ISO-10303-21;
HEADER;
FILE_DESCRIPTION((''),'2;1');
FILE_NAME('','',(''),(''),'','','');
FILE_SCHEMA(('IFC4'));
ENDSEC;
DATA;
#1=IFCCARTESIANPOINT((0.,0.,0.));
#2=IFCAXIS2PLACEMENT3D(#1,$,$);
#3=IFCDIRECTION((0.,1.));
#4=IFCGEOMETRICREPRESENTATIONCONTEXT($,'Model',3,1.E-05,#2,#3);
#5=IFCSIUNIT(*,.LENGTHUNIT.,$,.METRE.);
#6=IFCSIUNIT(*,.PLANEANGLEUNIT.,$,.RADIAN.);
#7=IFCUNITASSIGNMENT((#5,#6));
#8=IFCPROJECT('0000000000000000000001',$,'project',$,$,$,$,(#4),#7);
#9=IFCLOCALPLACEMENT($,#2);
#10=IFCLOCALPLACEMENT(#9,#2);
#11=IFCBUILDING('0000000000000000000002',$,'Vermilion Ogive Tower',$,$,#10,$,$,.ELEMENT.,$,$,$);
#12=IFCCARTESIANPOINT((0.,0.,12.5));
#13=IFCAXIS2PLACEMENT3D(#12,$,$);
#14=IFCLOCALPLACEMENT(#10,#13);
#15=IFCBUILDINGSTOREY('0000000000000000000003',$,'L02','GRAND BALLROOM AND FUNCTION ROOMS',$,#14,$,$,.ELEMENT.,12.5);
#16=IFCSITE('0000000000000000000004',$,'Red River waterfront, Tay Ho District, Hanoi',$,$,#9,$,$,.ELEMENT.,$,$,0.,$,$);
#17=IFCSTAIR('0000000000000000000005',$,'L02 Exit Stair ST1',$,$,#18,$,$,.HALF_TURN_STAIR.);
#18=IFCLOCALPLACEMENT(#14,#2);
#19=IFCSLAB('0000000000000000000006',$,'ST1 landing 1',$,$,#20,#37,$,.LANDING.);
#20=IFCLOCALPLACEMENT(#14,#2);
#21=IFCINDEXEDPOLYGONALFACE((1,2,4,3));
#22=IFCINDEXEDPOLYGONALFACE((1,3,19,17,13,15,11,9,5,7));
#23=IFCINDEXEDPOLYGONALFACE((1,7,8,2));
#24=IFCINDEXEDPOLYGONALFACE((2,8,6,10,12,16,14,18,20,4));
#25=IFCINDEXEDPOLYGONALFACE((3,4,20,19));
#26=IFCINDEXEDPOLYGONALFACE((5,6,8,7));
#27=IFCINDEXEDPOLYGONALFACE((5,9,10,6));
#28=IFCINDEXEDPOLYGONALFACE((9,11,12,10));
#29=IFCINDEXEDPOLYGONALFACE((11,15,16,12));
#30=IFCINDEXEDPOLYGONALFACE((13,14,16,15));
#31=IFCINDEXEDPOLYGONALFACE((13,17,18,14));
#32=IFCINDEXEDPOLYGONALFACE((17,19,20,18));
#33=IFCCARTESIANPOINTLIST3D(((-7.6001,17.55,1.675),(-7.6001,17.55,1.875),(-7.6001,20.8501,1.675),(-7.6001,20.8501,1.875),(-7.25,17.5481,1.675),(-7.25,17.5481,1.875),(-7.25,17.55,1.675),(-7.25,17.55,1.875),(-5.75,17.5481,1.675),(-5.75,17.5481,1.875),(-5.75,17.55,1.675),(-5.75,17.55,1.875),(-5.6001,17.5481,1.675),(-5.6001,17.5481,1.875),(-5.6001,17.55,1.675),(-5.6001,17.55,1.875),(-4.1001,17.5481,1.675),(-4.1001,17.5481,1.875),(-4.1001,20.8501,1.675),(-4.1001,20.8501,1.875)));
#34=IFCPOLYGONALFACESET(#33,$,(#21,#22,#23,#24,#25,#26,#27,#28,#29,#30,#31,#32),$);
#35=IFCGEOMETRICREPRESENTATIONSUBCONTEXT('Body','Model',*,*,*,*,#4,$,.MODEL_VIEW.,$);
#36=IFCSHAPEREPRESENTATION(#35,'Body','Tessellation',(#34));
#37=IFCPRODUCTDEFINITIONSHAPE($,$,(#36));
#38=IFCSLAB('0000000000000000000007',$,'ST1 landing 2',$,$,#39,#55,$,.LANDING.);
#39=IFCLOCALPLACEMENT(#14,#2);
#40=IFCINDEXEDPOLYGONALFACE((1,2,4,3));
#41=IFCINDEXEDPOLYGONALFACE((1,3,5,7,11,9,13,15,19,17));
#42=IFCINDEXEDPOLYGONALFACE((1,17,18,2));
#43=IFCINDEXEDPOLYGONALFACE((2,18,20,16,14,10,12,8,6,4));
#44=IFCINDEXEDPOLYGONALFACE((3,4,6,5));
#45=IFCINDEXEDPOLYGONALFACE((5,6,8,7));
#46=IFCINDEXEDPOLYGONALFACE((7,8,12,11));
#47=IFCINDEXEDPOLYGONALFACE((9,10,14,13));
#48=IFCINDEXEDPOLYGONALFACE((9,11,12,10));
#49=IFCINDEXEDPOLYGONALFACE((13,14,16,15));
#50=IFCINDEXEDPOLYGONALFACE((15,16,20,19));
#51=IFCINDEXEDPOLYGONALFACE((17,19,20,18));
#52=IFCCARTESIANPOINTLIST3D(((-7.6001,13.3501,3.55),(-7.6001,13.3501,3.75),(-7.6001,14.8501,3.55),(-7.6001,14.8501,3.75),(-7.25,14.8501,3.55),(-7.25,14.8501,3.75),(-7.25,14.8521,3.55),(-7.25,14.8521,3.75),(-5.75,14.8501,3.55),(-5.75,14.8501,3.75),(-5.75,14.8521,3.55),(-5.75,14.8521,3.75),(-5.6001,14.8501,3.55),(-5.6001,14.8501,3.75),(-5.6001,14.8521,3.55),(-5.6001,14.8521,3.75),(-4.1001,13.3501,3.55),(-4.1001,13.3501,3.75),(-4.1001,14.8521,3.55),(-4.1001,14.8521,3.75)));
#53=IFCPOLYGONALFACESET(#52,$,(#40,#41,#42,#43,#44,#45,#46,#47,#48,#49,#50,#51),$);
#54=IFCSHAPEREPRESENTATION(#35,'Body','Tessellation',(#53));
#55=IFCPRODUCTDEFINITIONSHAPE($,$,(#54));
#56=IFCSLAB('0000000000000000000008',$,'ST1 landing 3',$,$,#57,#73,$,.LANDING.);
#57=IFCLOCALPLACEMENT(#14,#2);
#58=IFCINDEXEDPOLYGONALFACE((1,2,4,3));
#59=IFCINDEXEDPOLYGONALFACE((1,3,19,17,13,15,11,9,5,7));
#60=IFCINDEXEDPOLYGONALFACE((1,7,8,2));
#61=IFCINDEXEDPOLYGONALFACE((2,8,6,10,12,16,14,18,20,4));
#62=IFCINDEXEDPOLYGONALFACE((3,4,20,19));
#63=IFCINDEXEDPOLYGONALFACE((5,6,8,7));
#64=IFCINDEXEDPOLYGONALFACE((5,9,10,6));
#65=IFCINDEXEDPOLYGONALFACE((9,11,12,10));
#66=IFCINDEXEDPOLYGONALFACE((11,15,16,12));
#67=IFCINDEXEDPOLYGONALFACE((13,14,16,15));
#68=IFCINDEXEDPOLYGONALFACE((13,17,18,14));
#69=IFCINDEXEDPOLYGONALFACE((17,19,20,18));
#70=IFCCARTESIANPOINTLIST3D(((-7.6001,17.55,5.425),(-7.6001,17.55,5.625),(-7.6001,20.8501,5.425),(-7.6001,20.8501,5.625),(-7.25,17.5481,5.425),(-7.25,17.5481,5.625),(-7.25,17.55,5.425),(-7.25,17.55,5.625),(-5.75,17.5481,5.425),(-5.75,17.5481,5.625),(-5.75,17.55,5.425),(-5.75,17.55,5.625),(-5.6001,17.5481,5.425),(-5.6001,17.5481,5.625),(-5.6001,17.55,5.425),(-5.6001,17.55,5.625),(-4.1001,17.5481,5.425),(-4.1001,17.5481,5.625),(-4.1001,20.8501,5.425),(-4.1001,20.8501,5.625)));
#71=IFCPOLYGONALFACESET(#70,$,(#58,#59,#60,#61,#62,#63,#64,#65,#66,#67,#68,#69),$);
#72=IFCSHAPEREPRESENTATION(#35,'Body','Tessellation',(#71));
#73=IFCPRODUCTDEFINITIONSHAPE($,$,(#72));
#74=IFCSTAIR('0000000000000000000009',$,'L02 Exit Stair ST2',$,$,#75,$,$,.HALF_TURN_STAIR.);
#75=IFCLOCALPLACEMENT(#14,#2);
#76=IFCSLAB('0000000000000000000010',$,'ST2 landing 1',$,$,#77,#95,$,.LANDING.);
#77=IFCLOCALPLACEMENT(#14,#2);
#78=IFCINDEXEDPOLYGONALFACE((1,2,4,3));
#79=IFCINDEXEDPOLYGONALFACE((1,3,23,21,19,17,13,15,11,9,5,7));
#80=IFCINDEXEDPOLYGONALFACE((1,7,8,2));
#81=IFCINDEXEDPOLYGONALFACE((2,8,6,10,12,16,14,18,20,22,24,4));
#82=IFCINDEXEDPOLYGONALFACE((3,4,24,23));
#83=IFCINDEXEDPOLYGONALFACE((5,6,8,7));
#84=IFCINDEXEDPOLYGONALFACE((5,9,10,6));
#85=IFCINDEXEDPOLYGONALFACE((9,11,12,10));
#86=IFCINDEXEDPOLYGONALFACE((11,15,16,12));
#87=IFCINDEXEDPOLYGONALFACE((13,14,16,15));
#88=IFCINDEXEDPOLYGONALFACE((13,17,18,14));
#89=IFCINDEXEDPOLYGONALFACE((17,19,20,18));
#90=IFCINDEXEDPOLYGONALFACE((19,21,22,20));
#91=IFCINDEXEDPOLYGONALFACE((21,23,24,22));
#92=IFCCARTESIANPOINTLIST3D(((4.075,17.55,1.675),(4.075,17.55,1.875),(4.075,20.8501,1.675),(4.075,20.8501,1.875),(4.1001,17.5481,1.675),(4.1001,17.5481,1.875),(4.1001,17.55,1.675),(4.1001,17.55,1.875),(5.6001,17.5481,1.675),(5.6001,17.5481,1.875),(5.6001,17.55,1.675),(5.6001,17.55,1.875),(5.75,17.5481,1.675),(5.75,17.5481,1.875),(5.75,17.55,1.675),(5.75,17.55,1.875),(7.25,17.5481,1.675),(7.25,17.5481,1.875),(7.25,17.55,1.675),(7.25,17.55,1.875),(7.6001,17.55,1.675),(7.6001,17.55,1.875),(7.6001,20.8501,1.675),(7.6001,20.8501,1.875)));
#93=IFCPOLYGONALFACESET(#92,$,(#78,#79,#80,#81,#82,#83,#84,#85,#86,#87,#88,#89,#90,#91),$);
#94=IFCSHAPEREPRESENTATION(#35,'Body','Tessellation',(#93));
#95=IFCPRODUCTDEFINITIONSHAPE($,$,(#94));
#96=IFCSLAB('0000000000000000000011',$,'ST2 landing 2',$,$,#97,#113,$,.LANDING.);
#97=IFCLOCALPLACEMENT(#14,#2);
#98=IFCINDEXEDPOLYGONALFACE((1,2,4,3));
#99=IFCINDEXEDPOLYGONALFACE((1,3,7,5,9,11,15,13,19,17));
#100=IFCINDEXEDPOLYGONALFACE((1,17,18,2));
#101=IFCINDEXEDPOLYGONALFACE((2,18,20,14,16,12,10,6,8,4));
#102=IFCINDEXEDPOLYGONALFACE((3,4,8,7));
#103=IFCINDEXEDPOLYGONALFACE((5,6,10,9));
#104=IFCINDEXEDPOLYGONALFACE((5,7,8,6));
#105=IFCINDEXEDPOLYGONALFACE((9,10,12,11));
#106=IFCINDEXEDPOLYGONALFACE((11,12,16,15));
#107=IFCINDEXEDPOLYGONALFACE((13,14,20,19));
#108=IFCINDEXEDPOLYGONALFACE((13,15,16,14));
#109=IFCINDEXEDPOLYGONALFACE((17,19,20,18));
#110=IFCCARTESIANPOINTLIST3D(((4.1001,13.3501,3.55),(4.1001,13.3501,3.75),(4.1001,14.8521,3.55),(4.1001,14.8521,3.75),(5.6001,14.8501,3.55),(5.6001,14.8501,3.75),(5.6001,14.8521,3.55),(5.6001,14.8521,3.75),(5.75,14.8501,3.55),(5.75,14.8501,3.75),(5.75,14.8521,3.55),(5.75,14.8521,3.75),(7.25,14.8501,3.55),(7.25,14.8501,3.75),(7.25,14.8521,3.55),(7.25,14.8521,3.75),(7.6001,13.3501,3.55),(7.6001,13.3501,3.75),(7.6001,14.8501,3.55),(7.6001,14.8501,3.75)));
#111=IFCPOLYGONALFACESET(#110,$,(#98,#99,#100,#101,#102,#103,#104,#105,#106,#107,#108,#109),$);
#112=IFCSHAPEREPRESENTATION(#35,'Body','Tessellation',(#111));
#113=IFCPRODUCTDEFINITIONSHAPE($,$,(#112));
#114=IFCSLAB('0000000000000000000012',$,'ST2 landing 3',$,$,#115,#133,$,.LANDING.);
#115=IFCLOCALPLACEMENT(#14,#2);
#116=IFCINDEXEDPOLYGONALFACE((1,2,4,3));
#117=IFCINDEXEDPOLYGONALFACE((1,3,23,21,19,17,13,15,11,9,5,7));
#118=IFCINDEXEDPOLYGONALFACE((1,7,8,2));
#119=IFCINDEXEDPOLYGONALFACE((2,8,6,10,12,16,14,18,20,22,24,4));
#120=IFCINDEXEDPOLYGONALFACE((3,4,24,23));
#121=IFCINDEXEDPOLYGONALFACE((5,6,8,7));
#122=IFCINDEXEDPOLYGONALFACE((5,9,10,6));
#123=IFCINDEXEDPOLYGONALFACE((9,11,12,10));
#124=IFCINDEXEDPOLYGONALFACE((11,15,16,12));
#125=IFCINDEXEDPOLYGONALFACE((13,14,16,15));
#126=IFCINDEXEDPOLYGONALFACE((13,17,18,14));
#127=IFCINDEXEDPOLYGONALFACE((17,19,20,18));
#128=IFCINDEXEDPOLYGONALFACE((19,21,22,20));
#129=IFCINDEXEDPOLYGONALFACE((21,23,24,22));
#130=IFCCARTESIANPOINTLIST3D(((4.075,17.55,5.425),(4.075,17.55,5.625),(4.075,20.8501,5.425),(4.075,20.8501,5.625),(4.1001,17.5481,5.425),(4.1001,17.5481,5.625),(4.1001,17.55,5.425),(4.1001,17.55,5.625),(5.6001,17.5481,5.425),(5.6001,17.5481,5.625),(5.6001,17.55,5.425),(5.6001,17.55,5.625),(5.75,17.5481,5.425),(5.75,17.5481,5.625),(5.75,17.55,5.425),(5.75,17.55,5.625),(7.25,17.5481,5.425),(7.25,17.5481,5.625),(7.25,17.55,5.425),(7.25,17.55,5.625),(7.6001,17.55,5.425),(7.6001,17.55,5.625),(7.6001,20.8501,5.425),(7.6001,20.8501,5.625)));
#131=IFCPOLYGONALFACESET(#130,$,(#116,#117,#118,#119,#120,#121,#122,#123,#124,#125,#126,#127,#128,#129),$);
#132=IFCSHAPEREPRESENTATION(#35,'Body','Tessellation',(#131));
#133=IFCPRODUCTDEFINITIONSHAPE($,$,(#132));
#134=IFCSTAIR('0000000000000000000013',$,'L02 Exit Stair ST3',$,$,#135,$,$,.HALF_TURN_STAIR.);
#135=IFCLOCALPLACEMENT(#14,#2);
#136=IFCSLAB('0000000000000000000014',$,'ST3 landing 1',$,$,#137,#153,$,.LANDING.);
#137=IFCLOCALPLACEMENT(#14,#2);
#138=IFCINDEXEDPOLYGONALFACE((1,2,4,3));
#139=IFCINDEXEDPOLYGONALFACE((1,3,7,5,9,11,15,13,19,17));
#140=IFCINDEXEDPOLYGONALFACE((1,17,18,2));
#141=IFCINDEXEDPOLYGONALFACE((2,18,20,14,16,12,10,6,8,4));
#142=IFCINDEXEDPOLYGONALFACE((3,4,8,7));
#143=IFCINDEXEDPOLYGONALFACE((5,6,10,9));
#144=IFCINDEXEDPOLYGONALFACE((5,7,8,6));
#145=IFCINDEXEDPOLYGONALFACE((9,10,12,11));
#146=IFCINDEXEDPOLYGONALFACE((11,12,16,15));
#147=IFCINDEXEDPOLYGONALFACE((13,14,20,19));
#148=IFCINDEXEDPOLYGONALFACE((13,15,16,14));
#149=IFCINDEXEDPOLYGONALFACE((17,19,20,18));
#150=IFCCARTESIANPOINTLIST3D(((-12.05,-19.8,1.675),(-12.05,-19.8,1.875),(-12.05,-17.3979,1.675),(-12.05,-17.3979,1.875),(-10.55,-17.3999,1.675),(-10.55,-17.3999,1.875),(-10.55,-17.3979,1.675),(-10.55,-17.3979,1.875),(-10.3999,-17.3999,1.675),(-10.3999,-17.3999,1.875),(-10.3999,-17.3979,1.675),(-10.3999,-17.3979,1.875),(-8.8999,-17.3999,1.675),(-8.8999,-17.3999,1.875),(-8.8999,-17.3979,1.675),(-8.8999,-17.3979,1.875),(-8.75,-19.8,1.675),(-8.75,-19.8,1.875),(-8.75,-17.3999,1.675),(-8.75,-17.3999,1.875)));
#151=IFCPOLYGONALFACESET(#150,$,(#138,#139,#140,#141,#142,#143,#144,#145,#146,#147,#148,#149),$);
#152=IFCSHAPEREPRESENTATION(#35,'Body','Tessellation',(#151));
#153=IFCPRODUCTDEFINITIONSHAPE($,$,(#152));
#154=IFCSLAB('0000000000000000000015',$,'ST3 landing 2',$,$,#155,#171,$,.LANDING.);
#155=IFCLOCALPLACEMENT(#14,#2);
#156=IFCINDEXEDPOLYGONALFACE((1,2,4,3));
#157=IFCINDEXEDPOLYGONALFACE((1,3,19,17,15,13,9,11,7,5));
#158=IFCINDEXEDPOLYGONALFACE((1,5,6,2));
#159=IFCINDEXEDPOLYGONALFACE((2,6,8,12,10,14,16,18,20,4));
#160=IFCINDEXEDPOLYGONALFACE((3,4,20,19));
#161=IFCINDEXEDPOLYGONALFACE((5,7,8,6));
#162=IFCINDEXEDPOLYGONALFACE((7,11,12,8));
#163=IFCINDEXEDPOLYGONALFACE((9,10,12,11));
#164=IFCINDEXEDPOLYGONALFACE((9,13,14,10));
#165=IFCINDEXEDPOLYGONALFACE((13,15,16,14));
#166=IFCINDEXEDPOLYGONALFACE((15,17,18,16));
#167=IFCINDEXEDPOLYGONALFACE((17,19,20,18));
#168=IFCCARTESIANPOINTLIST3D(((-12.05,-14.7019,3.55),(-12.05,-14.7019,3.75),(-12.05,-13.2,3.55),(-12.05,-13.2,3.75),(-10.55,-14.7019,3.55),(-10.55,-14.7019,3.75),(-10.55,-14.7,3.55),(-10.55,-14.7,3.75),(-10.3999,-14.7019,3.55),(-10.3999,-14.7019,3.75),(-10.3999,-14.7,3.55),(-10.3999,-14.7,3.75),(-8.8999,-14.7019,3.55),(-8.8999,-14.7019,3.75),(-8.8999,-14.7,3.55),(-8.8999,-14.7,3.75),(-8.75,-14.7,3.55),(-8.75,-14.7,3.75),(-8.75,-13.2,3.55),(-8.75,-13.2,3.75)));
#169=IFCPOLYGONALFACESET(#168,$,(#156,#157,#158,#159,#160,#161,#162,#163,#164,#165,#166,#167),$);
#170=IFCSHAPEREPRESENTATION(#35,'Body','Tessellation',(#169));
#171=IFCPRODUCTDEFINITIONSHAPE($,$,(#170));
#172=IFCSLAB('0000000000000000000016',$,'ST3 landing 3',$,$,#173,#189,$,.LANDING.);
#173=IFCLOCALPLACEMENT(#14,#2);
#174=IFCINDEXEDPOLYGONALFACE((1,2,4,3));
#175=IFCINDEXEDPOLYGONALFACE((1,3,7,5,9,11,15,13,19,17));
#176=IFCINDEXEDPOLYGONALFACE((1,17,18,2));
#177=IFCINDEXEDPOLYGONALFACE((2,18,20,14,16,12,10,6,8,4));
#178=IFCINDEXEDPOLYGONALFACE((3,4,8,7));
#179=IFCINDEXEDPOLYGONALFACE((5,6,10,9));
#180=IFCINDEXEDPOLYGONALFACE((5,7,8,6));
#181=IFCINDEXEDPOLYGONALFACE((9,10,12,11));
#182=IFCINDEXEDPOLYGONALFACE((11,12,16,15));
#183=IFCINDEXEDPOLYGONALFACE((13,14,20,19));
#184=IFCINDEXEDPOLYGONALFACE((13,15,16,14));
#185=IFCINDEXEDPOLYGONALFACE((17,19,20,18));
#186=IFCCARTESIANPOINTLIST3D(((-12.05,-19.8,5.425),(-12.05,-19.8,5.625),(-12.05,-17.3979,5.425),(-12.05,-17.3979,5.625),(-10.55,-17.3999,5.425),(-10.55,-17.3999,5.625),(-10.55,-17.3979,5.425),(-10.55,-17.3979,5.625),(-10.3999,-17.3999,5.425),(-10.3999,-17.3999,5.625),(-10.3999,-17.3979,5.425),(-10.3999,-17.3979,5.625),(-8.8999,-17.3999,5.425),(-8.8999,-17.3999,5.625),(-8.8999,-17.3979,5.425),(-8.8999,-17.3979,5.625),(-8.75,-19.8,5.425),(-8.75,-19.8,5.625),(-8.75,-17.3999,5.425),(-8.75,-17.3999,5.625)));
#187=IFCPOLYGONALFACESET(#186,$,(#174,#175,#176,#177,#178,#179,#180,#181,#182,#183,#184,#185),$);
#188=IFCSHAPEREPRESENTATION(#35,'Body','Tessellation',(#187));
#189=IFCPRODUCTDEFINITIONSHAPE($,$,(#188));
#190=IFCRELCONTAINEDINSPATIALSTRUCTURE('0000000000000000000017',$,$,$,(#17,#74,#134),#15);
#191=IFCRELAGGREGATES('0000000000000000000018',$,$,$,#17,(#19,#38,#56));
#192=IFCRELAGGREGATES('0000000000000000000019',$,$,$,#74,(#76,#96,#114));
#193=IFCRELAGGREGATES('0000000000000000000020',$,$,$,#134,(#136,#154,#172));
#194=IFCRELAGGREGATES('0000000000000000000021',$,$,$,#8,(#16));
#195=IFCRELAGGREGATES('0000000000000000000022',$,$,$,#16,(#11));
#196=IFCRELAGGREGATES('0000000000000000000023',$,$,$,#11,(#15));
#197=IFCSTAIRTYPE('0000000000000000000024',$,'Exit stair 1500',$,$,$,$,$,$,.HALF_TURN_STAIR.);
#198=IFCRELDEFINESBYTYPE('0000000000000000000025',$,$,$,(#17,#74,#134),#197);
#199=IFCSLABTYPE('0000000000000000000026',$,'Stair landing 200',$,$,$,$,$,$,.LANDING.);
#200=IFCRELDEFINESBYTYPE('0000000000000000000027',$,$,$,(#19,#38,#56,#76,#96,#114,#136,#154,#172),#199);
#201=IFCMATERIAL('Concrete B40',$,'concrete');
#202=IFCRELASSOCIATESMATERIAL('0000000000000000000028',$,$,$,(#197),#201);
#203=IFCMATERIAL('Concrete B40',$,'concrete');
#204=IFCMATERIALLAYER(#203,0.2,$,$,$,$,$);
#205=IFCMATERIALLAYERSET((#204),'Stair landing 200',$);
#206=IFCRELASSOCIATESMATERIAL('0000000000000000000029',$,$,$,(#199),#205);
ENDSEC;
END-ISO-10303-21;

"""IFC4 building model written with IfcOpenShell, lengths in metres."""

from ifc_helpers import new_model, si_unit, direction, frame, origin, place, context, subcontext, project, spatial, polyline, outline, extrude, material, layer, layer_set, type_object, element, aggregate, save


model = new_model("IFC4")

# Units and contexts
model_context = context("Model", 3, precision=1e-05, world=origin(), true_north=direction((0.0, 1.0)))
body_context = subcontext(model_context, "Body", "Model", "MODEL_VIEW")
ifc_project = project(units=[si_unit("LENGTHUNIT", "METRE"), si_unit("PLANEANGLEUNIT", "RADIAN")], contexts=[model_context])

# Site, building, storey
site_placement = place(None, origin())
site = spatial("IfcSite", under=ifc_project, at=site_placement, Name="Red River waterfront, Tay Ho District, Hanoi", CompositionType="ELEMENT", RefElevation=0.0)
building_placement = place(site_placement, origin())
building = spatial("IfcBuilding", under=site, at=building_placement, Name="Vermilion Ogive Tower", CompositionType="ELEMENT")
storey_placement = place(building_placement, frame((0.0, 0.0, 12.5)))
storey = spatial("IfcBuildingStorey", under=building, at=storey_placement, Name="L02", Description="GRAND BALLROOM AND FUNCTION ROOMS", CompositionType="ELEMENT", Elevation=12.5)

# Stairs, slabs
ifc_material_1 = material(Name="Concrete B40", Category="concrete")
stair_type = type_object("IfcStairType", Name="Exit stair 1500", PredefinedType="HALF_TURN_STAIR", material=ifc_material_1)
stair_1_placement = place(storey_placement, origin())
stair_1 = element("IfcStair", 1, at=stair_1_placement, inside=storey, type_object=stair_type, Name="L02 Exit Stair ST1", PredefinedType="HALF_TURN_STAIR")
ifc_material_2 = material(Name="Concrete B40", Category="concrete")
ifc_layer = layer(ifc_material_2, 0.2)
ifc_layer_set = layer_set([ifc_layer], Name="Stair landing 200")
slab_type = type_object("IfcSlabType", Name="Stair landing 200", PredefinedType="LANDING", material=ifc_layer_set)
slab_1_placement = place(storey_placement, frame((0.0, 0.0, 1.675)))
slab_1 = element("IfcSlab", 2, at=slab_1_placement, type_object=slab_type, Name="ST1 landing 1", PredefinedType="LANDING", context=body_context, shape_type="SweptSolid", body=[
    extrude(outline(polyline([(-7.6001, 17.55), (-7.25, 17.55), (-7.25, 17.5481), (-5.75, 17.5481), (-5.75, 17.55), (-5.6001, 17.55), (-5.6001, 17.5481), (-4.1001, 17.5481), (-4.1001, 20.8501), (-7.6001, 20.8501), (-7.6001, 17.55)])), origin(), (0.0, 0.0, 1.0), 0.2),
])
slab_2_placement = place(storey_placement, frame((0.0, 0.0, 3.55)))
slab_2 = element("IfcSlab", 3, at=slab_2_placement, type_object=slab_type, Name="ST1 landing 2", PredefinedType="LANDING", context=body_context, shape_type="SweptSolid", body=[
    extrude(outline(polyline([(-4.1001, 13.3501), (-4.1001, 14.8521), (-5.6001, 14.8521), (-5.6001, 14.8501), (-5.75, 14.8501), (-5.75, 14.8521), (-7.25, 14.8521), (-7.25, 14.8501), (-7.6001, 14.8501), (-7.6001, 13.3501), (-4.1001, 13.3501)])), origin(), (0.0, 0.0, 1.0), 0.2),
])
slab_3_placement = place(storey_placement, frame((0.0, 0.0, 5.425)))
slab_3 = element("IfcSlab", 4, at=slab_3_placement, type_object=slab_type, Name="ST1 landing 3", PredefinedType="LANDING", context=body_context, shape_type="SweptSolid", body=[
    extrude(outline(polyline([(-7.6001, 17.55), (-7.25, 17.55), (-7.25, 17.5481), (-5.75, 17.5481), (-5.75, 17.55), (-5.6001, 17.55), (-5.6001, 17.5481), (-4.1001, 17.5481), (-4.1001, 20.8501), (-7.6001, 20.8501), (-7.6001, 17.55)])), origin(), (0.0, 0.0, 1.0), 0.2),
])
aggregate(stair_1, [slab_1, slab_2, slab_3])
stair_2_placement = place(storey_placement, origin())
stair_2 = element("IfcStair", 5, at=stair_2_placement, inside=storey, type_object=stair_type, Name="L02 Exit Stair ST2", PredefinedType="HALF_TURN_STAIR")
slab_4_placement = place(storey_placement, frame((0.0, 0.0, 1.675)))
slab_4 = element("IfcSlab", 6, at=slab_4_placement, type_object=slab_type, Name="ST2 landing 1", PredefinedType="LANDING", context=body_context, shape_type="SweptSolid", body=[
    extrude(outline(polyline([(5.6001, 17.55), (5.75, 17.55), (5.75, 17.5481), (7.25, 17.5481), (7.25, 17.55), (7.6001, 17.55), (7.6001, 20.8501), (4.075, 20.8501), (4.075, 17.55), (4.1001, 17.55), (4.1001, 17.5481), (5.6001, 17.5481), (5.6001, 17.55)])), origin(), (0.0, 0.0, 1.0), 0.2),
])
slab_5_placement = place(storey_placement, frame((0.0, 0.0, 3.55)))
slab_5 = element("IfcSlab", 7, at=slab_5_placement, type_object=slab_type, Name="ST2 landing 2", PredefinedType="LANDING", context=body_context, shape_type="SweptSolid", body=[
    extrude(outline(polyline([(5.75, 14.8501), (5.6001, 14.8501), (5.6001, 14.8521), (4.1001, 14.8521), (4.1001, 13.3501), (7.6001, 13.3501), (7.6001, 14.8501), (7.25, 14.8501), (7.25, 14.8521), (5.75, 14.8521), (5.75, 14.8501)])), origin(), (0.0, 0.0, 1.0), 0.2),
])
slab_6_placement = place(storey_placement, frame((0.0, 0.0, 5.425)))
slab_6 = element("IfcSlab", 8, at=slab_6_placement, type_object=slab_type, Name="ST2 landing 3", PredefinedType="LANDING", context=body_context, shape_type="SweptSolid", body=[
    extrude(outline(polyline([(5.6001, 17.55), (5.75, 17.55), (5.75, 17.5481), (7.25, 17.5481), (7.25, 17.55), (7.6001, 17.55), (7.6001, 20.8501), (4.075, 20.8501), (4.075, 17.55), (4.1001, 17.55), (4.1001, 17.5481), (5.6001, 17.5481), (5.6001, 17.55)])), origin(), (0.0, 0.0, 1.0), 0.2),
])
aggregate(stair_2, [slab_4, slab_5, slab_6])
stair_3_placement = place(storey_placement, origin())
stair_3 = element("IfcStair", 9, at=stair_3_placement, inside=storey, type_object=stair_type, Name="L02 Exit Stair ST3", PredefinedType="HALF_TURN_STAIR")
slab_7_placement = place(storey_placement, frame((0.0, 0.0, 1.675)))
slab_7 = element("IfcSlab", 10, at=slab_7_placement, type_object=slab_type, Name="ST3 landing 1", PredefinedType="LANDING", context=body_context, shape_type="SweptSolid", body=[
    extrude(outline(polyline([(-8.75, -17.3999), (-8.8999, -17.3999), (-8.8999, -17.3979), (-10.3999, -17.3979), (-10.3999, -17.3999), (-10.55, -17.3999), (-10.55, -17.3979), (-12.05, -17.3979), (-12.05, -19.8), (-8.75, -19.8), (-8.75, -17.3999)])), origin(), (0.0, 0.0, 1.0), 0.2),
])
slab_8_placement = place(storey_placement, frame((0.0, 0.0, 3.55)))
slab_8 = element("IfcSlab", 11, at=slab_8_placement, type_object=slab_type, Name="ST3 landing 2", PredefinedType="LANDING", context=body_context, shape_type="SweptSolid", body=[
    extrude(outline(polyline([(-12.05, -13.2), (-12.05, -14.7019), (-10.55, -14.7019), (-10.55, -14.7), (-10.3999, -14.7), (-10.3999, -14.7019), (-8.8999, -14.7019), (-8.8999, -14.7), (-8.75, -14.7), (-8.75, -13.2), (-12.05, -13.2)])), origin(), (0.0, 0.0, 1.0), 0.2),
])
slab_9_placement = place(storey_placement, frame((0.0, 0.0, 5.425)))
slab_9 = element("IfcSlab", 12, at=slab_9_placement, type_object=slab_type, Name="ST3 landing 3", PredefinedType="LANDING", context=body_context, shape_type="SweptSolid", body=[
    extrude(outline(polyline([(-8.75, -17.3999), (-8.8999, -17.3999), (-8.8999, -17.3979), (-10.3999, -17.3979), (-10.3999, -17.3999), (-10.55, -17.3999), (-10.55, -17.3979), (-12.05, -17.3979), (-12.05, -19.8), (-8.75, -19.8), (-8.75, -17.3999)])), origin(), (0.0, 0.0, 1.0), 0.2),
])
aggregate(stair_3, [slab_7, slab_8, slab_9])

save(model, "model.ifc")
